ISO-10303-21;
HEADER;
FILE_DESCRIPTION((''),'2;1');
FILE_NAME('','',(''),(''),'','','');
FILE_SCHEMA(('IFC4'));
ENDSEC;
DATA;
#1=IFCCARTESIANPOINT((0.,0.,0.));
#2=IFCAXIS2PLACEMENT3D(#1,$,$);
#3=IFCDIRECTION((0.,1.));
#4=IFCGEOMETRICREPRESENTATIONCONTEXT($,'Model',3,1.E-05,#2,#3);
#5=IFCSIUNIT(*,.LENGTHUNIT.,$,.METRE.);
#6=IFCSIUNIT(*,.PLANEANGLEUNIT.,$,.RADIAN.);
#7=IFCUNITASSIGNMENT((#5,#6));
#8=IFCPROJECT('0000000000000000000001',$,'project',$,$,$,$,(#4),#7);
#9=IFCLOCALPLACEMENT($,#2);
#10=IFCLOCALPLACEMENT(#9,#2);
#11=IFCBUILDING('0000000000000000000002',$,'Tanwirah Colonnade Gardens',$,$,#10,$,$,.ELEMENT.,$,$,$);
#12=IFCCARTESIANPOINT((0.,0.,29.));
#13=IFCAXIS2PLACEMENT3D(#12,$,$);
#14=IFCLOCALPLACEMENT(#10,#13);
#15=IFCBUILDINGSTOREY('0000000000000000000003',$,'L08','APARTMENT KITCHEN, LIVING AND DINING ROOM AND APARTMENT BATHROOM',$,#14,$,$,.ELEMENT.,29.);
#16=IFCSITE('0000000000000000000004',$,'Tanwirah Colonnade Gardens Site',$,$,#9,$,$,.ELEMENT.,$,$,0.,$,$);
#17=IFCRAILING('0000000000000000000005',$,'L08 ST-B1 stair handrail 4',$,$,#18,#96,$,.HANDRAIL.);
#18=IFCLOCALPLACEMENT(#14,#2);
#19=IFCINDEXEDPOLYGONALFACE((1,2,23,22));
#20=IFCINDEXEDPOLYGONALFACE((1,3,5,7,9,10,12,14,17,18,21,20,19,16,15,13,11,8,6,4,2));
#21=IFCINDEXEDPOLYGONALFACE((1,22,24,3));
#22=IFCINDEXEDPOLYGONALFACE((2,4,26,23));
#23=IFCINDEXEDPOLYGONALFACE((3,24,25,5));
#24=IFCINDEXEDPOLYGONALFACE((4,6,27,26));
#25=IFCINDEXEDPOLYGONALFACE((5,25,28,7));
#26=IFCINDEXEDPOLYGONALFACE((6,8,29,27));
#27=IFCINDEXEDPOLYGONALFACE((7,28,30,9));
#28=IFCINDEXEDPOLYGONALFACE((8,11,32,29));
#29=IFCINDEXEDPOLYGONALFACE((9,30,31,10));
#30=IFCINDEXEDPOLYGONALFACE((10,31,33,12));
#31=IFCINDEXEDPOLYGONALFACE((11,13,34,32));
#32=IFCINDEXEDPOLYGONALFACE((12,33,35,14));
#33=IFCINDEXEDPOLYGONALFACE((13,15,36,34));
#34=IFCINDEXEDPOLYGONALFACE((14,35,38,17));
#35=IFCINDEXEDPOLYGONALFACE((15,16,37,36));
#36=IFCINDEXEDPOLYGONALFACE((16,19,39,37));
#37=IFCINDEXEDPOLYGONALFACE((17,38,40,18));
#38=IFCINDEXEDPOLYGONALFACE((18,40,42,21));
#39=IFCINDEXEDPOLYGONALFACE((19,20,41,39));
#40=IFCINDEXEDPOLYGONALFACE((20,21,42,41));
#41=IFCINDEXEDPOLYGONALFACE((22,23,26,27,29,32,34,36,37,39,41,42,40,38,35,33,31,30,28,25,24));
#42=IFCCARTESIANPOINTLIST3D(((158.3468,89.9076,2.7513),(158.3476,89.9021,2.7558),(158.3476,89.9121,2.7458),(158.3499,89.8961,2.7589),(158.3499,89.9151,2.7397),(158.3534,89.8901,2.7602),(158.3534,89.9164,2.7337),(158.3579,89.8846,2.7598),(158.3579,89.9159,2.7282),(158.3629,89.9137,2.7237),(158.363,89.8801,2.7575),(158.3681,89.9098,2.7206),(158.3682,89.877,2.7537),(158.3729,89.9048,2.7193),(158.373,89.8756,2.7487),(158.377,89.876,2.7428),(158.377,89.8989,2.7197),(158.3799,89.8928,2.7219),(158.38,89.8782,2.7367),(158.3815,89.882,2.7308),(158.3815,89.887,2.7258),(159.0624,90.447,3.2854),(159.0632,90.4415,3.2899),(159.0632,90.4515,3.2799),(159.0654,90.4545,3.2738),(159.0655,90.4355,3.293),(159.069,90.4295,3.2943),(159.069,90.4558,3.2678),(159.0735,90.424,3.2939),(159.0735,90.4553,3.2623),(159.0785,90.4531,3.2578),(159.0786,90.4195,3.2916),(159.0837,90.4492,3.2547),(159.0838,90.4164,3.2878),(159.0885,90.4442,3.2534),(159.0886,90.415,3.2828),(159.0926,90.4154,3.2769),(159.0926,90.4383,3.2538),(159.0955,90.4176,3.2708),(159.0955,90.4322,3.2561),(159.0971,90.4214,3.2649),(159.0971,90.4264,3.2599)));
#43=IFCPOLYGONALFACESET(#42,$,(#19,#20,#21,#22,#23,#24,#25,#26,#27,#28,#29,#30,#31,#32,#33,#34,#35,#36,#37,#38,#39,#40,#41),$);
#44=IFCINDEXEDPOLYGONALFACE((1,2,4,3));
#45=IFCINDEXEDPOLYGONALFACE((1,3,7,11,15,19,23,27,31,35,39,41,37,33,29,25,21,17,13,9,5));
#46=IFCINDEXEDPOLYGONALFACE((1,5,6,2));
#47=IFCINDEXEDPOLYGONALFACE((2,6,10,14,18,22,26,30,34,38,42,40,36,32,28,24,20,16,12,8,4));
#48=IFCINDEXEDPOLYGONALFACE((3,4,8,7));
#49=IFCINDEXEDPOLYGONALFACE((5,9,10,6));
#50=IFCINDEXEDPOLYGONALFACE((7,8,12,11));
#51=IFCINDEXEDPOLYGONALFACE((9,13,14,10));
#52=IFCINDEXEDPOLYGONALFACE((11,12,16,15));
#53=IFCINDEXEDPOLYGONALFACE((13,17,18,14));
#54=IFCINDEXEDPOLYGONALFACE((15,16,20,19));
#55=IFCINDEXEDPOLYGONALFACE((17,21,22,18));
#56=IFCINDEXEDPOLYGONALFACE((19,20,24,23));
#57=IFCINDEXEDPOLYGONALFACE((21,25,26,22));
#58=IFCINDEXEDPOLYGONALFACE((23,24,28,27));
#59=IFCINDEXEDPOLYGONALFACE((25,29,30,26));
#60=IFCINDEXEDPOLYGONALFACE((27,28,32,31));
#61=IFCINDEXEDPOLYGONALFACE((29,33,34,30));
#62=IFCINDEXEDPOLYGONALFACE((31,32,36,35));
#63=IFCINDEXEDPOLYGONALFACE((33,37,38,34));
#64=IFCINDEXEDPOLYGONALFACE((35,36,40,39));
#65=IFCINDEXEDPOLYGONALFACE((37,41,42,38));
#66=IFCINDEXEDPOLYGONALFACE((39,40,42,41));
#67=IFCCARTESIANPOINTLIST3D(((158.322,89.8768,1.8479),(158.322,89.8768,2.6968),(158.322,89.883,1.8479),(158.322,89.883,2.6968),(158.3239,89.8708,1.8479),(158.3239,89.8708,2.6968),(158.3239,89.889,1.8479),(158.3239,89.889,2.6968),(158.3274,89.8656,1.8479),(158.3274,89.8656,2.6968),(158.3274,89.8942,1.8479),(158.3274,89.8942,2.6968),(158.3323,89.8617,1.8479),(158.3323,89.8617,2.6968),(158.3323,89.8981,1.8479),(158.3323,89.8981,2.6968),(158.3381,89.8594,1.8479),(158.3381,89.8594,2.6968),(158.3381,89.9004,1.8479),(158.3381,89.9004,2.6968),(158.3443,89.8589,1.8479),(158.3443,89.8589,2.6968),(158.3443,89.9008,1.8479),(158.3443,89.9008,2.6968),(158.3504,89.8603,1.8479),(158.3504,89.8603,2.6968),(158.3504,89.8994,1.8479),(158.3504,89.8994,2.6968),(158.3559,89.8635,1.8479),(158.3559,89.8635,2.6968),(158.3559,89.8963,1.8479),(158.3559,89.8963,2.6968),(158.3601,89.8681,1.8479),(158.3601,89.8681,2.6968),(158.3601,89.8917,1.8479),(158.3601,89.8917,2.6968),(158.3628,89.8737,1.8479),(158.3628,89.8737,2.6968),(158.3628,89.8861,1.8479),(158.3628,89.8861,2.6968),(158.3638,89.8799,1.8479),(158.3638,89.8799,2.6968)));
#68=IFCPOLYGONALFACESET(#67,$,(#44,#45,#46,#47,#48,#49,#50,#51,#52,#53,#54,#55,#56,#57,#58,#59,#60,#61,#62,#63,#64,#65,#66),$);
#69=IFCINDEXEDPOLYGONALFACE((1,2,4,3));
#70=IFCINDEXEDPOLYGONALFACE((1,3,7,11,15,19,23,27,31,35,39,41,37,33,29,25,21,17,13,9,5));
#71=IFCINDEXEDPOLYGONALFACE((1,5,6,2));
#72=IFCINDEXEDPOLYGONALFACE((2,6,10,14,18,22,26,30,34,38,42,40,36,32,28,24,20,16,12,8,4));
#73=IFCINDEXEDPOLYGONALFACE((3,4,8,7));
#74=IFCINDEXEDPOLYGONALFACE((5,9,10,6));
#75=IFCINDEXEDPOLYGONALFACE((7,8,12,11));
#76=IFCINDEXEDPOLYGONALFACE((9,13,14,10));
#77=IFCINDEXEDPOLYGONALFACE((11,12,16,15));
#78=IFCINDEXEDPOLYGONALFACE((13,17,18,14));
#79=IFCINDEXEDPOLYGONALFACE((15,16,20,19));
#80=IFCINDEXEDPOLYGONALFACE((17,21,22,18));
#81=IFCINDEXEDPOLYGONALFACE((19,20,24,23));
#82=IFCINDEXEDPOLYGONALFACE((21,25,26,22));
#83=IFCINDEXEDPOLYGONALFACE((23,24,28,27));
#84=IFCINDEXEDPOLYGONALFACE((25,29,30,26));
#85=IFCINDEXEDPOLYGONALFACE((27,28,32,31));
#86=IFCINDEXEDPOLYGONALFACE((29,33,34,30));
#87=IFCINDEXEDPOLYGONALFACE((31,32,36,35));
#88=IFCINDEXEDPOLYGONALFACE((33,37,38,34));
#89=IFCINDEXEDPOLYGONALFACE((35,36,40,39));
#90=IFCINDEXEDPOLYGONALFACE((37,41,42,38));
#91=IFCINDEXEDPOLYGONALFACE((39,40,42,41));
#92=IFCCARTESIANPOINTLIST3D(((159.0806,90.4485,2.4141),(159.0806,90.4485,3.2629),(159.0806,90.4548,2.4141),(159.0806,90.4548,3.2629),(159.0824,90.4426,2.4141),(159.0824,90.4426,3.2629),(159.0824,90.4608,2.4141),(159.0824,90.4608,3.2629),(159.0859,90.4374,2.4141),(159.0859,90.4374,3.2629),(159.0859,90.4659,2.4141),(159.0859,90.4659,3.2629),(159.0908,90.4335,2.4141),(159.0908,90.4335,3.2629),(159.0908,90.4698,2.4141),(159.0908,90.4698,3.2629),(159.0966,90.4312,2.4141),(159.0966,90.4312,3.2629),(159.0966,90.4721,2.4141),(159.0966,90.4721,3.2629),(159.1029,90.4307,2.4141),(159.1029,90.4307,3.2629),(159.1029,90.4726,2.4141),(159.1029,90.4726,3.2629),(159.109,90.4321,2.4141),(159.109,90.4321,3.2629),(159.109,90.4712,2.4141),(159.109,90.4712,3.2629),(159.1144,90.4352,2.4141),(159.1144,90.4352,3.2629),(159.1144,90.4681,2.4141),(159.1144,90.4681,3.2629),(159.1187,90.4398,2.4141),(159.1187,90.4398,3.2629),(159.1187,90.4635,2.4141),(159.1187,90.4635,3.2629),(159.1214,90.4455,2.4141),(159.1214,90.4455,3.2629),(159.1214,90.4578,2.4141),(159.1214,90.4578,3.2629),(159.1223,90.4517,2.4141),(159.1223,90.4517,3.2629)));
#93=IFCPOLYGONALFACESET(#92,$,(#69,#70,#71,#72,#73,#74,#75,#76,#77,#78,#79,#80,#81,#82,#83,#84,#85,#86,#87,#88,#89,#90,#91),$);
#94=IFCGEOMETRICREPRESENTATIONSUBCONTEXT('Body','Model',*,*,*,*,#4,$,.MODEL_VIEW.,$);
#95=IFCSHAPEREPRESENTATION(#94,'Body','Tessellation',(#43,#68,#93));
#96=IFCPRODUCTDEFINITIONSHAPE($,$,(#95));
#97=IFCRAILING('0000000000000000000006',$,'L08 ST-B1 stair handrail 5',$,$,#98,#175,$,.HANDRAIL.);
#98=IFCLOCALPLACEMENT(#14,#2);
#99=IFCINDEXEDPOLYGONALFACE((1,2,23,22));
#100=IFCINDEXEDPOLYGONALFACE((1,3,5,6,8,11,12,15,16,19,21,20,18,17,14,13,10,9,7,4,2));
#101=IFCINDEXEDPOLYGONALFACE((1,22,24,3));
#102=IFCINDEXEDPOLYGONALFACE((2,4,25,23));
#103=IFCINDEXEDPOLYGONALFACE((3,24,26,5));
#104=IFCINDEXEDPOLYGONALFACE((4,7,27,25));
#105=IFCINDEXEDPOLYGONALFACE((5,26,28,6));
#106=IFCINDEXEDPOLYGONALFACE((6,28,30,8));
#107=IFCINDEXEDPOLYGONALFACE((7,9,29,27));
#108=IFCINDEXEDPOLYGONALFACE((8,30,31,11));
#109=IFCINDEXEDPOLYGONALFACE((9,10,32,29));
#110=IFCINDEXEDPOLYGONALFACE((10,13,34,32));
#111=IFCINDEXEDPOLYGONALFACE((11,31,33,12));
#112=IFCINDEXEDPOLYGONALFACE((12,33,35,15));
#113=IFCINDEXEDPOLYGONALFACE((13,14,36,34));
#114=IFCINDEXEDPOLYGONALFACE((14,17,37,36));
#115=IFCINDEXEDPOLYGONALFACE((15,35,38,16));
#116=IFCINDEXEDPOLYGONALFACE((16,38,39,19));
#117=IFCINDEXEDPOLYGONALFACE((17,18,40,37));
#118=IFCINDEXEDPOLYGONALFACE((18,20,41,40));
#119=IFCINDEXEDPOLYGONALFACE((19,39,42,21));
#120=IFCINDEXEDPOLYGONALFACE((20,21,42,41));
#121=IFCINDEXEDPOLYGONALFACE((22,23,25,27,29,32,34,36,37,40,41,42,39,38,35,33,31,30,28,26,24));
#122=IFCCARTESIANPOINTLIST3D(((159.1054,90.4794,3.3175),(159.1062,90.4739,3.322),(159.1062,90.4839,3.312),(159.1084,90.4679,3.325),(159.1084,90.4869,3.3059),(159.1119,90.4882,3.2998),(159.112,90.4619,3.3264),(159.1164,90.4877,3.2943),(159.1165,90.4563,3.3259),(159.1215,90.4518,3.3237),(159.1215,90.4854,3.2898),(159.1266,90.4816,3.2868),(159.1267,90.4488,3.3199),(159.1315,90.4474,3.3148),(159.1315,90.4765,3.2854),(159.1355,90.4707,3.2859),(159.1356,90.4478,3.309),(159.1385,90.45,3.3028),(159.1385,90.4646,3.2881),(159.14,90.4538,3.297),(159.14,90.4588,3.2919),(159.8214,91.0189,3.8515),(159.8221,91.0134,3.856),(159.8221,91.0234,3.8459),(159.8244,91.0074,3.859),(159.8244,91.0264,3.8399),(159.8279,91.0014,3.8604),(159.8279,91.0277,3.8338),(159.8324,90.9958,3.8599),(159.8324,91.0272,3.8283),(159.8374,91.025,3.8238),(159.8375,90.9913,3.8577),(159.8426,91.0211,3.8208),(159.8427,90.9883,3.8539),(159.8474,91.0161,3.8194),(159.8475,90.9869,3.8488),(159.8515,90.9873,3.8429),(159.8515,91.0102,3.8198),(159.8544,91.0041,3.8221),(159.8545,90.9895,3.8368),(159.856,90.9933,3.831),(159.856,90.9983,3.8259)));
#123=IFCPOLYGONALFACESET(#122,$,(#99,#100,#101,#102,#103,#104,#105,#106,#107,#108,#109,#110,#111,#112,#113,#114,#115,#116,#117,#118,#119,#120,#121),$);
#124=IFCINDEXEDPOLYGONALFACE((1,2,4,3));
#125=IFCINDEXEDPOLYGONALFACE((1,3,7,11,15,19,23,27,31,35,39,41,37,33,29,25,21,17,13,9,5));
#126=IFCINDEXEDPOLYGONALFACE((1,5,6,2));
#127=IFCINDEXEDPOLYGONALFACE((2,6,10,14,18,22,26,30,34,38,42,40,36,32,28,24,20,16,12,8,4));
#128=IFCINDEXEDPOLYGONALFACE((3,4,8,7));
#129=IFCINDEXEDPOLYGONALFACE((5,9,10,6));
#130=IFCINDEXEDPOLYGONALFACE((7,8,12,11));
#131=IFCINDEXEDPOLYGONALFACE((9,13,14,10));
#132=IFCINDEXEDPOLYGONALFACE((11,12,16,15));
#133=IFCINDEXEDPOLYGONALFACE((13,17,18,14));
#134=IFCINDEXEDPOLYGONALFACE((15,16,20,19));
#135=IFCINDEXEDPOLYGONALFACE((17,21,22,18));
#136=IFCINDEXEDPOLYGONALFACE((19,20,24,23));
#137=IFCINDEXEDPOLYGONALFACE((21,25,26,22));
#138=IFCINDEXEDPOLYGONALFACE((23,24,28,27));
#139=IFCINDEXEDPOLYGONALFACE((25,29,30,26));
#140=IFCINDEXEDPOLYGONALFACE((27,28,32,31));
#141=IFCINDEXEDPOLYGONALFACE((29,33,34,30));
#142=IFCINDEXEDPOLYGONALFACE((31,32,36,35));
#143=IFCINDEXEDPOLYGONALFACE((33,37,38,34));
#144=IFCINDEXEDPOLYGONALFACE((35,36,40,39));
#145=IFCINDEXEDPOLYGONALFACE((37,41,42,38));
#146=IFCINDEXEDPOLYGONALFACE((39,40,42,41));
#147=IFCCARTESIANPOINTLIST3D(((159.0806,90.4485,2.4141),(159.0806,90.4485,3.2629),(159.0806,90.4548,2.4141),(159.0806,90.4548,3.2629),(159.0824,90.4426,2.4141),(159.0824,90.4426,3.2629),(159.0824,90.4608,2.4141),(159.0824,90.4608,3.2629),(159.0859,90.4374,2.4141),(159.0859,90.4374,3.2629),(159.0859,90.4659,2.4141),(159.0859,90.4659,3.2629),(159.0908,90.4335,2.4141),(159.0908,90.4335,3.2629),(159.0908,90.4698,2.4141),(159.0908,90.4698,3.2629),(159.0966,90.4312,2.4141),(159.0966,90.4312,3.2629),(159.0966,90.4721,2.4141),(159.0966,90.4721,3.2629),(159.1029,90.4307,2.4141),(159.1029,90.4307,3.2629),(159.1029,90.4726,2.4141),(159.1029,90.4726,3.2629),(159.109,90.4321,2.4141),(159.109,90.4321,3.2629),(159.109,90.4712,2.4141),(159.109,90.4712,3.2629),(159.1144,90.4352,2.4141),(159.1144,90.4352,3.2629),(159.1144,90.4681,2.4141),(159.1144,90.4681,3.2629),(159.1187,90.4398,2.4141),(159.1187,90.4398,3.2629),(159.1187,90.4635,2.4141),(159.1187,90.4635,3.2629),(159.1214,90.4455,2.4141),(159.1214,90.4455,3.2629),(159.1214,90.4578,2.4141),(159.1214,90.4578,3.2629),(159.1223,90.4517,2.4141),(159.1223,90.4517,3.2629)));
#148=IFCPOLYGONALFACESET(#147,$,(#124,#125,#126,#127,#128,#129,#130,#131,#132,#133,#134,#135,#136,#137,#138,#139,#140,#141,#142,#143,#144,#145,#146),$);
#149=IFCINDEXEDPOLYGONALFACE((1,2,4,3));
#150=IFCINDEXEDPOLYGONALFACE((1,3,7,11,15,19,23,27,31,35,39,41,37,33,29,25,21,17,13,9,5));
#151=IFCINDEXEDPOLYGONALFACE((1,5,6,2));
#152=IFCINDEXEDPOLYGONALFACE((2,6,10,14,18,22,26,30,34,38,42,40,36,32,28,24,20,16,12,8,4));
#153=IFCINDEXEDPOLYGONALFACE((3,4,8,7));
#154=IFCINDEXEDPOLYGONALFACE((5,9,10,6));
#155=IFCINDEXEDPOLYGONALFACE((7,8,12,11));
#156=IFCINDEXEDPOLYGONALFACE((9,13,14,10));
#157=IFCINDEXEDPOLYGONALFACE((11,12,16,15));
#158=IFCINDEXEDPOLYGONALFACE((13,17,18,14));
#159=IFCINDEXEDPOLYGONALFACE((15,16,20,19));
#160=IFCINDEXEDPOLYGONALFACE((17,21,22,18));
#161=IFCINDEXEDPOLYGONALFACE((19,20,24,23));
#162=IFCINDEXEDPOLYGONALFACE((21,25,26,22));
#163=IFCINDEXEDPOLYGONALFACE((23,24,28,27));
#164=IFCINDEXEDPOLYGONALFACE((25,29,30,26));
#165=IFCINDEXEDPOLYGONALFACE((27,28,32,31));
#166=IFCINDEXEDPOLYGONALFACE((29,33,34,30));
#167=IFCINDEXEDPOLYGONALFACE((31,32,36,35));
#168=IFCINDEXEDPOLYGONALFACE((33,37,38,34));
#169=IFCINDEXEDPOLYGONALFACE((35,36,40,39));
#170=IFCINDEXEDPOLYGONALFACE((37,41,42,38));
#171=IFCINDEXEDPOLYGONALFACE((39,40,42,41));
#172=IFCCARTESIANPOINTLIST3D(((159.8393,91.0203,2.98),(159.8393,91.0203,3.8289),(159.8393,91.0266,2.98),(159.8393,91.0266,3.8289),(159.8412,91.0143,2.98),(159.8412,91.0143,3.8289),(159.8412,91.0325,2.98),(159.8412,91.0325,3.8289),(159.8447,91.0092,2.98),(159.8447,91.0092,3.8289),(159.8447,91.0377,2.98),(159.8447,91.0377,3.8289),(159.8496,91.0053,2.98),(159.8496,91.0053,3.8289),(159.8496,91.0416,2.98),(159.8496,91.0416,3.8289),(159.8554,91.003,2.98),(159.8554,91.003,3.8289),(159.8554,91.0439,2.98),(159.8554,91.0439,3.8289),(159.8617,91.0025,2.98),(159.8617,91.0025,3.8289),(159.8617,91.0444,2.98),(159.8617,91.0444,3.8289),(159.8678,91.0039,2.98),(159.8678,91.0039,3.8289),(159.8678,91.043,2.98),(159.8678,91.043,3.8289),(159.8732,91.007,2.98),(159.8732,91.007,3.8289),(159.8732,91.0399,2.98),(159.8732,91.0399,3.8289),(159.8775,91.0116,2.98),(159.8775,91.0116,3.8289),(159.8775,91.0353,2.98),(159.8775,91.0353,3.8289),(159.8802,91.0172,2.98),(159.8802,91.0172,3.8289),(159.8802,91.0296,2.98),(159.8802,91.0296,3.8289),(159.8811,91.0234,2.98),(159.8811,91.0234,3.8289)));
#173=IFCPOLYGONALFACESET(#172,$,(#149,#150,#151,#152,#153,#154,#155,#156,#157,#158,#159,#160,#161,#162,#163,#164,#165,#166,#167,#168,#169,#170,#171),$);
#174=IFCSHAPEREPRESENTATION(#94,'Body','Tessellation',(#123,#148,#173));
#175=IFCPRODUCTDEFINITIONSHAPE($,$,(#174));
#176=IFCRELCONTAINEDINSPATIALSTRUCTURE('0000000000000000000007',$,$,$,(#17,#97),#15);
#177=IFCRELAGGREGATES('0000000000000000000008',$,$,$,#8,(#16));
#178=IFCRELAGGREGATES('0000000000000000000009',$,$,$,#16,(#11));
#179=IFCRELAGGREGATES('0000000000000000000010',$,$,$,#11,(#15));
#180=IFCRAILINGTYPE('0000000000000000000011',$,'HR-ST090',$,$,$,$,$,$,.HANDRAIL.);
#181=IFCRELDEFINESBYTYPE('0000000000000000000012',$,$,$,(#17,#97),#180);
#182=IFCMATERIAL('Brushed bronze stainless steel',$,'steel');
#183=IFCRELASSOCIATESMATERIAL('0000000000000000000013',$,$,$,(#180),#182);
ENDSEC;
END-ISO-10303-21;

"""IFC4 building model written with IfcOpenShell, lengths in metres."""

from ifc_helpers import new_model, si_unit, direction, frame, origin, origin_2d, place, context, subcontext, project, spatial, circle, extrude, material, type_object, element, save


model = new_model("IFC4")

# Units and contexts
model_context = context("Model", 3, precision=1e-05, world=origin(), true_north=direction((0.0, 1.0)))
body_context = subcontext(model_context, "Body", "Model", "MODEL_VIEW")
ifc_project = project(units=[si_unit("LENGTHUNIT", "METRE"), si_unit("PLANEANGLEUNIT", "RADIAN")], contexts=[model_context])

# Site, building, storey
site_placement = place(None, origin())
site = spatial("IfcSite", under=ifc_project, at=site_placement, Name="Tanwirah Colonnade Gardens Site", CompositionType="ELEMENT", RefElevation=0.0)
building_placement = place(site_placement, origin())
building = spatial("IfcBuilding", under=site, at=building_placement, Name="Tanwirah Colonnade Gardens", CompositionType="ELEMENT")
storey_placement = place(building_placement, frame((0.0, 0.0, 29.0)))
storey = spatial("IfcBuildingStorey", under=building, at=storey_placement, Name="L08", Description="APARTMENT KITCHEN, LIVING AND DINING ROOM AND APARTMENT BATHROOM", CompositionType="ELEMENT", Elevation=29.0)

# Railings
ifc_material_1 = material(Name="Brushed bronze stainless steel", Category="steel")
railing_type_1 = type_object("IfcRailingType", Name="HR-ST090", PredefinedType="HANDRAIL", material=ifc_material_1)
railing_1_placement = place(storey_placement, frame((158.3428, 89.8799, 1.8479)))
element("IfcRailing", 1, at=railing_1_placement, inside=storey, type_object=railing_type_1, Name="L08 ST-B1 stair handrail 4", PredefinedType="HANDRAIL", context=body_context, shape_type="SweptSolid", body=[
    extrude(circle(Radius=0.0239, at=origin_2d()), frame((0.0215, 0.0161, 0.8918), z_axis=(0.685951, 0.517057, 0.511979), x_axis=(-0.601931, 0.798548, 0.0)), (0.0, 0.0, 1.0), 1.0432),
    extrude(circle(Radius=0.021, at=origin_2d()), origin(), (0.0, 0.0, 1.0), 0.8489),
    extrude(circle(Radius=0.021, at=origin_2d()), frame((0.7585, 0.5718, 0.5662)), (0.0, 0.0, 1.0), 0.8489),
])
railing_2_placement = place(storey_placement, frame((159.1013, 90.4517, 2.4141)))
element("IfcRailing", 2, at=railing_2_placement, inside=storey, type_object=railing_type_1, Name="L08 ST-B1 stair handrail 5", PredefinedType="HANDRAIL", context=body_context, shape_type="SweptSolid", body=[
    extrude(circle(Radius=0.0239, at=origin_2d()), frame((0.0215, 0.0161, 0.8918), z_axis=(0.686145, 0.517037, 0.511739), x_axis=(-0.601807, 0.798641, 0.0)), (0.0, 0.0, 1.0), 1.0435),
    extrude(circle(Radius=0.021, at=origin_2d()), origin(), (0.0, 0.0, 1.0), 0.8489),
    extrude(circle(Radius=0.021, at=origin_2d()), frame((0.7588, 0.5718, 0.5659)), (0.0, 0.0, 1.0), 0.8489),
])

save(model, "model.ifc")
